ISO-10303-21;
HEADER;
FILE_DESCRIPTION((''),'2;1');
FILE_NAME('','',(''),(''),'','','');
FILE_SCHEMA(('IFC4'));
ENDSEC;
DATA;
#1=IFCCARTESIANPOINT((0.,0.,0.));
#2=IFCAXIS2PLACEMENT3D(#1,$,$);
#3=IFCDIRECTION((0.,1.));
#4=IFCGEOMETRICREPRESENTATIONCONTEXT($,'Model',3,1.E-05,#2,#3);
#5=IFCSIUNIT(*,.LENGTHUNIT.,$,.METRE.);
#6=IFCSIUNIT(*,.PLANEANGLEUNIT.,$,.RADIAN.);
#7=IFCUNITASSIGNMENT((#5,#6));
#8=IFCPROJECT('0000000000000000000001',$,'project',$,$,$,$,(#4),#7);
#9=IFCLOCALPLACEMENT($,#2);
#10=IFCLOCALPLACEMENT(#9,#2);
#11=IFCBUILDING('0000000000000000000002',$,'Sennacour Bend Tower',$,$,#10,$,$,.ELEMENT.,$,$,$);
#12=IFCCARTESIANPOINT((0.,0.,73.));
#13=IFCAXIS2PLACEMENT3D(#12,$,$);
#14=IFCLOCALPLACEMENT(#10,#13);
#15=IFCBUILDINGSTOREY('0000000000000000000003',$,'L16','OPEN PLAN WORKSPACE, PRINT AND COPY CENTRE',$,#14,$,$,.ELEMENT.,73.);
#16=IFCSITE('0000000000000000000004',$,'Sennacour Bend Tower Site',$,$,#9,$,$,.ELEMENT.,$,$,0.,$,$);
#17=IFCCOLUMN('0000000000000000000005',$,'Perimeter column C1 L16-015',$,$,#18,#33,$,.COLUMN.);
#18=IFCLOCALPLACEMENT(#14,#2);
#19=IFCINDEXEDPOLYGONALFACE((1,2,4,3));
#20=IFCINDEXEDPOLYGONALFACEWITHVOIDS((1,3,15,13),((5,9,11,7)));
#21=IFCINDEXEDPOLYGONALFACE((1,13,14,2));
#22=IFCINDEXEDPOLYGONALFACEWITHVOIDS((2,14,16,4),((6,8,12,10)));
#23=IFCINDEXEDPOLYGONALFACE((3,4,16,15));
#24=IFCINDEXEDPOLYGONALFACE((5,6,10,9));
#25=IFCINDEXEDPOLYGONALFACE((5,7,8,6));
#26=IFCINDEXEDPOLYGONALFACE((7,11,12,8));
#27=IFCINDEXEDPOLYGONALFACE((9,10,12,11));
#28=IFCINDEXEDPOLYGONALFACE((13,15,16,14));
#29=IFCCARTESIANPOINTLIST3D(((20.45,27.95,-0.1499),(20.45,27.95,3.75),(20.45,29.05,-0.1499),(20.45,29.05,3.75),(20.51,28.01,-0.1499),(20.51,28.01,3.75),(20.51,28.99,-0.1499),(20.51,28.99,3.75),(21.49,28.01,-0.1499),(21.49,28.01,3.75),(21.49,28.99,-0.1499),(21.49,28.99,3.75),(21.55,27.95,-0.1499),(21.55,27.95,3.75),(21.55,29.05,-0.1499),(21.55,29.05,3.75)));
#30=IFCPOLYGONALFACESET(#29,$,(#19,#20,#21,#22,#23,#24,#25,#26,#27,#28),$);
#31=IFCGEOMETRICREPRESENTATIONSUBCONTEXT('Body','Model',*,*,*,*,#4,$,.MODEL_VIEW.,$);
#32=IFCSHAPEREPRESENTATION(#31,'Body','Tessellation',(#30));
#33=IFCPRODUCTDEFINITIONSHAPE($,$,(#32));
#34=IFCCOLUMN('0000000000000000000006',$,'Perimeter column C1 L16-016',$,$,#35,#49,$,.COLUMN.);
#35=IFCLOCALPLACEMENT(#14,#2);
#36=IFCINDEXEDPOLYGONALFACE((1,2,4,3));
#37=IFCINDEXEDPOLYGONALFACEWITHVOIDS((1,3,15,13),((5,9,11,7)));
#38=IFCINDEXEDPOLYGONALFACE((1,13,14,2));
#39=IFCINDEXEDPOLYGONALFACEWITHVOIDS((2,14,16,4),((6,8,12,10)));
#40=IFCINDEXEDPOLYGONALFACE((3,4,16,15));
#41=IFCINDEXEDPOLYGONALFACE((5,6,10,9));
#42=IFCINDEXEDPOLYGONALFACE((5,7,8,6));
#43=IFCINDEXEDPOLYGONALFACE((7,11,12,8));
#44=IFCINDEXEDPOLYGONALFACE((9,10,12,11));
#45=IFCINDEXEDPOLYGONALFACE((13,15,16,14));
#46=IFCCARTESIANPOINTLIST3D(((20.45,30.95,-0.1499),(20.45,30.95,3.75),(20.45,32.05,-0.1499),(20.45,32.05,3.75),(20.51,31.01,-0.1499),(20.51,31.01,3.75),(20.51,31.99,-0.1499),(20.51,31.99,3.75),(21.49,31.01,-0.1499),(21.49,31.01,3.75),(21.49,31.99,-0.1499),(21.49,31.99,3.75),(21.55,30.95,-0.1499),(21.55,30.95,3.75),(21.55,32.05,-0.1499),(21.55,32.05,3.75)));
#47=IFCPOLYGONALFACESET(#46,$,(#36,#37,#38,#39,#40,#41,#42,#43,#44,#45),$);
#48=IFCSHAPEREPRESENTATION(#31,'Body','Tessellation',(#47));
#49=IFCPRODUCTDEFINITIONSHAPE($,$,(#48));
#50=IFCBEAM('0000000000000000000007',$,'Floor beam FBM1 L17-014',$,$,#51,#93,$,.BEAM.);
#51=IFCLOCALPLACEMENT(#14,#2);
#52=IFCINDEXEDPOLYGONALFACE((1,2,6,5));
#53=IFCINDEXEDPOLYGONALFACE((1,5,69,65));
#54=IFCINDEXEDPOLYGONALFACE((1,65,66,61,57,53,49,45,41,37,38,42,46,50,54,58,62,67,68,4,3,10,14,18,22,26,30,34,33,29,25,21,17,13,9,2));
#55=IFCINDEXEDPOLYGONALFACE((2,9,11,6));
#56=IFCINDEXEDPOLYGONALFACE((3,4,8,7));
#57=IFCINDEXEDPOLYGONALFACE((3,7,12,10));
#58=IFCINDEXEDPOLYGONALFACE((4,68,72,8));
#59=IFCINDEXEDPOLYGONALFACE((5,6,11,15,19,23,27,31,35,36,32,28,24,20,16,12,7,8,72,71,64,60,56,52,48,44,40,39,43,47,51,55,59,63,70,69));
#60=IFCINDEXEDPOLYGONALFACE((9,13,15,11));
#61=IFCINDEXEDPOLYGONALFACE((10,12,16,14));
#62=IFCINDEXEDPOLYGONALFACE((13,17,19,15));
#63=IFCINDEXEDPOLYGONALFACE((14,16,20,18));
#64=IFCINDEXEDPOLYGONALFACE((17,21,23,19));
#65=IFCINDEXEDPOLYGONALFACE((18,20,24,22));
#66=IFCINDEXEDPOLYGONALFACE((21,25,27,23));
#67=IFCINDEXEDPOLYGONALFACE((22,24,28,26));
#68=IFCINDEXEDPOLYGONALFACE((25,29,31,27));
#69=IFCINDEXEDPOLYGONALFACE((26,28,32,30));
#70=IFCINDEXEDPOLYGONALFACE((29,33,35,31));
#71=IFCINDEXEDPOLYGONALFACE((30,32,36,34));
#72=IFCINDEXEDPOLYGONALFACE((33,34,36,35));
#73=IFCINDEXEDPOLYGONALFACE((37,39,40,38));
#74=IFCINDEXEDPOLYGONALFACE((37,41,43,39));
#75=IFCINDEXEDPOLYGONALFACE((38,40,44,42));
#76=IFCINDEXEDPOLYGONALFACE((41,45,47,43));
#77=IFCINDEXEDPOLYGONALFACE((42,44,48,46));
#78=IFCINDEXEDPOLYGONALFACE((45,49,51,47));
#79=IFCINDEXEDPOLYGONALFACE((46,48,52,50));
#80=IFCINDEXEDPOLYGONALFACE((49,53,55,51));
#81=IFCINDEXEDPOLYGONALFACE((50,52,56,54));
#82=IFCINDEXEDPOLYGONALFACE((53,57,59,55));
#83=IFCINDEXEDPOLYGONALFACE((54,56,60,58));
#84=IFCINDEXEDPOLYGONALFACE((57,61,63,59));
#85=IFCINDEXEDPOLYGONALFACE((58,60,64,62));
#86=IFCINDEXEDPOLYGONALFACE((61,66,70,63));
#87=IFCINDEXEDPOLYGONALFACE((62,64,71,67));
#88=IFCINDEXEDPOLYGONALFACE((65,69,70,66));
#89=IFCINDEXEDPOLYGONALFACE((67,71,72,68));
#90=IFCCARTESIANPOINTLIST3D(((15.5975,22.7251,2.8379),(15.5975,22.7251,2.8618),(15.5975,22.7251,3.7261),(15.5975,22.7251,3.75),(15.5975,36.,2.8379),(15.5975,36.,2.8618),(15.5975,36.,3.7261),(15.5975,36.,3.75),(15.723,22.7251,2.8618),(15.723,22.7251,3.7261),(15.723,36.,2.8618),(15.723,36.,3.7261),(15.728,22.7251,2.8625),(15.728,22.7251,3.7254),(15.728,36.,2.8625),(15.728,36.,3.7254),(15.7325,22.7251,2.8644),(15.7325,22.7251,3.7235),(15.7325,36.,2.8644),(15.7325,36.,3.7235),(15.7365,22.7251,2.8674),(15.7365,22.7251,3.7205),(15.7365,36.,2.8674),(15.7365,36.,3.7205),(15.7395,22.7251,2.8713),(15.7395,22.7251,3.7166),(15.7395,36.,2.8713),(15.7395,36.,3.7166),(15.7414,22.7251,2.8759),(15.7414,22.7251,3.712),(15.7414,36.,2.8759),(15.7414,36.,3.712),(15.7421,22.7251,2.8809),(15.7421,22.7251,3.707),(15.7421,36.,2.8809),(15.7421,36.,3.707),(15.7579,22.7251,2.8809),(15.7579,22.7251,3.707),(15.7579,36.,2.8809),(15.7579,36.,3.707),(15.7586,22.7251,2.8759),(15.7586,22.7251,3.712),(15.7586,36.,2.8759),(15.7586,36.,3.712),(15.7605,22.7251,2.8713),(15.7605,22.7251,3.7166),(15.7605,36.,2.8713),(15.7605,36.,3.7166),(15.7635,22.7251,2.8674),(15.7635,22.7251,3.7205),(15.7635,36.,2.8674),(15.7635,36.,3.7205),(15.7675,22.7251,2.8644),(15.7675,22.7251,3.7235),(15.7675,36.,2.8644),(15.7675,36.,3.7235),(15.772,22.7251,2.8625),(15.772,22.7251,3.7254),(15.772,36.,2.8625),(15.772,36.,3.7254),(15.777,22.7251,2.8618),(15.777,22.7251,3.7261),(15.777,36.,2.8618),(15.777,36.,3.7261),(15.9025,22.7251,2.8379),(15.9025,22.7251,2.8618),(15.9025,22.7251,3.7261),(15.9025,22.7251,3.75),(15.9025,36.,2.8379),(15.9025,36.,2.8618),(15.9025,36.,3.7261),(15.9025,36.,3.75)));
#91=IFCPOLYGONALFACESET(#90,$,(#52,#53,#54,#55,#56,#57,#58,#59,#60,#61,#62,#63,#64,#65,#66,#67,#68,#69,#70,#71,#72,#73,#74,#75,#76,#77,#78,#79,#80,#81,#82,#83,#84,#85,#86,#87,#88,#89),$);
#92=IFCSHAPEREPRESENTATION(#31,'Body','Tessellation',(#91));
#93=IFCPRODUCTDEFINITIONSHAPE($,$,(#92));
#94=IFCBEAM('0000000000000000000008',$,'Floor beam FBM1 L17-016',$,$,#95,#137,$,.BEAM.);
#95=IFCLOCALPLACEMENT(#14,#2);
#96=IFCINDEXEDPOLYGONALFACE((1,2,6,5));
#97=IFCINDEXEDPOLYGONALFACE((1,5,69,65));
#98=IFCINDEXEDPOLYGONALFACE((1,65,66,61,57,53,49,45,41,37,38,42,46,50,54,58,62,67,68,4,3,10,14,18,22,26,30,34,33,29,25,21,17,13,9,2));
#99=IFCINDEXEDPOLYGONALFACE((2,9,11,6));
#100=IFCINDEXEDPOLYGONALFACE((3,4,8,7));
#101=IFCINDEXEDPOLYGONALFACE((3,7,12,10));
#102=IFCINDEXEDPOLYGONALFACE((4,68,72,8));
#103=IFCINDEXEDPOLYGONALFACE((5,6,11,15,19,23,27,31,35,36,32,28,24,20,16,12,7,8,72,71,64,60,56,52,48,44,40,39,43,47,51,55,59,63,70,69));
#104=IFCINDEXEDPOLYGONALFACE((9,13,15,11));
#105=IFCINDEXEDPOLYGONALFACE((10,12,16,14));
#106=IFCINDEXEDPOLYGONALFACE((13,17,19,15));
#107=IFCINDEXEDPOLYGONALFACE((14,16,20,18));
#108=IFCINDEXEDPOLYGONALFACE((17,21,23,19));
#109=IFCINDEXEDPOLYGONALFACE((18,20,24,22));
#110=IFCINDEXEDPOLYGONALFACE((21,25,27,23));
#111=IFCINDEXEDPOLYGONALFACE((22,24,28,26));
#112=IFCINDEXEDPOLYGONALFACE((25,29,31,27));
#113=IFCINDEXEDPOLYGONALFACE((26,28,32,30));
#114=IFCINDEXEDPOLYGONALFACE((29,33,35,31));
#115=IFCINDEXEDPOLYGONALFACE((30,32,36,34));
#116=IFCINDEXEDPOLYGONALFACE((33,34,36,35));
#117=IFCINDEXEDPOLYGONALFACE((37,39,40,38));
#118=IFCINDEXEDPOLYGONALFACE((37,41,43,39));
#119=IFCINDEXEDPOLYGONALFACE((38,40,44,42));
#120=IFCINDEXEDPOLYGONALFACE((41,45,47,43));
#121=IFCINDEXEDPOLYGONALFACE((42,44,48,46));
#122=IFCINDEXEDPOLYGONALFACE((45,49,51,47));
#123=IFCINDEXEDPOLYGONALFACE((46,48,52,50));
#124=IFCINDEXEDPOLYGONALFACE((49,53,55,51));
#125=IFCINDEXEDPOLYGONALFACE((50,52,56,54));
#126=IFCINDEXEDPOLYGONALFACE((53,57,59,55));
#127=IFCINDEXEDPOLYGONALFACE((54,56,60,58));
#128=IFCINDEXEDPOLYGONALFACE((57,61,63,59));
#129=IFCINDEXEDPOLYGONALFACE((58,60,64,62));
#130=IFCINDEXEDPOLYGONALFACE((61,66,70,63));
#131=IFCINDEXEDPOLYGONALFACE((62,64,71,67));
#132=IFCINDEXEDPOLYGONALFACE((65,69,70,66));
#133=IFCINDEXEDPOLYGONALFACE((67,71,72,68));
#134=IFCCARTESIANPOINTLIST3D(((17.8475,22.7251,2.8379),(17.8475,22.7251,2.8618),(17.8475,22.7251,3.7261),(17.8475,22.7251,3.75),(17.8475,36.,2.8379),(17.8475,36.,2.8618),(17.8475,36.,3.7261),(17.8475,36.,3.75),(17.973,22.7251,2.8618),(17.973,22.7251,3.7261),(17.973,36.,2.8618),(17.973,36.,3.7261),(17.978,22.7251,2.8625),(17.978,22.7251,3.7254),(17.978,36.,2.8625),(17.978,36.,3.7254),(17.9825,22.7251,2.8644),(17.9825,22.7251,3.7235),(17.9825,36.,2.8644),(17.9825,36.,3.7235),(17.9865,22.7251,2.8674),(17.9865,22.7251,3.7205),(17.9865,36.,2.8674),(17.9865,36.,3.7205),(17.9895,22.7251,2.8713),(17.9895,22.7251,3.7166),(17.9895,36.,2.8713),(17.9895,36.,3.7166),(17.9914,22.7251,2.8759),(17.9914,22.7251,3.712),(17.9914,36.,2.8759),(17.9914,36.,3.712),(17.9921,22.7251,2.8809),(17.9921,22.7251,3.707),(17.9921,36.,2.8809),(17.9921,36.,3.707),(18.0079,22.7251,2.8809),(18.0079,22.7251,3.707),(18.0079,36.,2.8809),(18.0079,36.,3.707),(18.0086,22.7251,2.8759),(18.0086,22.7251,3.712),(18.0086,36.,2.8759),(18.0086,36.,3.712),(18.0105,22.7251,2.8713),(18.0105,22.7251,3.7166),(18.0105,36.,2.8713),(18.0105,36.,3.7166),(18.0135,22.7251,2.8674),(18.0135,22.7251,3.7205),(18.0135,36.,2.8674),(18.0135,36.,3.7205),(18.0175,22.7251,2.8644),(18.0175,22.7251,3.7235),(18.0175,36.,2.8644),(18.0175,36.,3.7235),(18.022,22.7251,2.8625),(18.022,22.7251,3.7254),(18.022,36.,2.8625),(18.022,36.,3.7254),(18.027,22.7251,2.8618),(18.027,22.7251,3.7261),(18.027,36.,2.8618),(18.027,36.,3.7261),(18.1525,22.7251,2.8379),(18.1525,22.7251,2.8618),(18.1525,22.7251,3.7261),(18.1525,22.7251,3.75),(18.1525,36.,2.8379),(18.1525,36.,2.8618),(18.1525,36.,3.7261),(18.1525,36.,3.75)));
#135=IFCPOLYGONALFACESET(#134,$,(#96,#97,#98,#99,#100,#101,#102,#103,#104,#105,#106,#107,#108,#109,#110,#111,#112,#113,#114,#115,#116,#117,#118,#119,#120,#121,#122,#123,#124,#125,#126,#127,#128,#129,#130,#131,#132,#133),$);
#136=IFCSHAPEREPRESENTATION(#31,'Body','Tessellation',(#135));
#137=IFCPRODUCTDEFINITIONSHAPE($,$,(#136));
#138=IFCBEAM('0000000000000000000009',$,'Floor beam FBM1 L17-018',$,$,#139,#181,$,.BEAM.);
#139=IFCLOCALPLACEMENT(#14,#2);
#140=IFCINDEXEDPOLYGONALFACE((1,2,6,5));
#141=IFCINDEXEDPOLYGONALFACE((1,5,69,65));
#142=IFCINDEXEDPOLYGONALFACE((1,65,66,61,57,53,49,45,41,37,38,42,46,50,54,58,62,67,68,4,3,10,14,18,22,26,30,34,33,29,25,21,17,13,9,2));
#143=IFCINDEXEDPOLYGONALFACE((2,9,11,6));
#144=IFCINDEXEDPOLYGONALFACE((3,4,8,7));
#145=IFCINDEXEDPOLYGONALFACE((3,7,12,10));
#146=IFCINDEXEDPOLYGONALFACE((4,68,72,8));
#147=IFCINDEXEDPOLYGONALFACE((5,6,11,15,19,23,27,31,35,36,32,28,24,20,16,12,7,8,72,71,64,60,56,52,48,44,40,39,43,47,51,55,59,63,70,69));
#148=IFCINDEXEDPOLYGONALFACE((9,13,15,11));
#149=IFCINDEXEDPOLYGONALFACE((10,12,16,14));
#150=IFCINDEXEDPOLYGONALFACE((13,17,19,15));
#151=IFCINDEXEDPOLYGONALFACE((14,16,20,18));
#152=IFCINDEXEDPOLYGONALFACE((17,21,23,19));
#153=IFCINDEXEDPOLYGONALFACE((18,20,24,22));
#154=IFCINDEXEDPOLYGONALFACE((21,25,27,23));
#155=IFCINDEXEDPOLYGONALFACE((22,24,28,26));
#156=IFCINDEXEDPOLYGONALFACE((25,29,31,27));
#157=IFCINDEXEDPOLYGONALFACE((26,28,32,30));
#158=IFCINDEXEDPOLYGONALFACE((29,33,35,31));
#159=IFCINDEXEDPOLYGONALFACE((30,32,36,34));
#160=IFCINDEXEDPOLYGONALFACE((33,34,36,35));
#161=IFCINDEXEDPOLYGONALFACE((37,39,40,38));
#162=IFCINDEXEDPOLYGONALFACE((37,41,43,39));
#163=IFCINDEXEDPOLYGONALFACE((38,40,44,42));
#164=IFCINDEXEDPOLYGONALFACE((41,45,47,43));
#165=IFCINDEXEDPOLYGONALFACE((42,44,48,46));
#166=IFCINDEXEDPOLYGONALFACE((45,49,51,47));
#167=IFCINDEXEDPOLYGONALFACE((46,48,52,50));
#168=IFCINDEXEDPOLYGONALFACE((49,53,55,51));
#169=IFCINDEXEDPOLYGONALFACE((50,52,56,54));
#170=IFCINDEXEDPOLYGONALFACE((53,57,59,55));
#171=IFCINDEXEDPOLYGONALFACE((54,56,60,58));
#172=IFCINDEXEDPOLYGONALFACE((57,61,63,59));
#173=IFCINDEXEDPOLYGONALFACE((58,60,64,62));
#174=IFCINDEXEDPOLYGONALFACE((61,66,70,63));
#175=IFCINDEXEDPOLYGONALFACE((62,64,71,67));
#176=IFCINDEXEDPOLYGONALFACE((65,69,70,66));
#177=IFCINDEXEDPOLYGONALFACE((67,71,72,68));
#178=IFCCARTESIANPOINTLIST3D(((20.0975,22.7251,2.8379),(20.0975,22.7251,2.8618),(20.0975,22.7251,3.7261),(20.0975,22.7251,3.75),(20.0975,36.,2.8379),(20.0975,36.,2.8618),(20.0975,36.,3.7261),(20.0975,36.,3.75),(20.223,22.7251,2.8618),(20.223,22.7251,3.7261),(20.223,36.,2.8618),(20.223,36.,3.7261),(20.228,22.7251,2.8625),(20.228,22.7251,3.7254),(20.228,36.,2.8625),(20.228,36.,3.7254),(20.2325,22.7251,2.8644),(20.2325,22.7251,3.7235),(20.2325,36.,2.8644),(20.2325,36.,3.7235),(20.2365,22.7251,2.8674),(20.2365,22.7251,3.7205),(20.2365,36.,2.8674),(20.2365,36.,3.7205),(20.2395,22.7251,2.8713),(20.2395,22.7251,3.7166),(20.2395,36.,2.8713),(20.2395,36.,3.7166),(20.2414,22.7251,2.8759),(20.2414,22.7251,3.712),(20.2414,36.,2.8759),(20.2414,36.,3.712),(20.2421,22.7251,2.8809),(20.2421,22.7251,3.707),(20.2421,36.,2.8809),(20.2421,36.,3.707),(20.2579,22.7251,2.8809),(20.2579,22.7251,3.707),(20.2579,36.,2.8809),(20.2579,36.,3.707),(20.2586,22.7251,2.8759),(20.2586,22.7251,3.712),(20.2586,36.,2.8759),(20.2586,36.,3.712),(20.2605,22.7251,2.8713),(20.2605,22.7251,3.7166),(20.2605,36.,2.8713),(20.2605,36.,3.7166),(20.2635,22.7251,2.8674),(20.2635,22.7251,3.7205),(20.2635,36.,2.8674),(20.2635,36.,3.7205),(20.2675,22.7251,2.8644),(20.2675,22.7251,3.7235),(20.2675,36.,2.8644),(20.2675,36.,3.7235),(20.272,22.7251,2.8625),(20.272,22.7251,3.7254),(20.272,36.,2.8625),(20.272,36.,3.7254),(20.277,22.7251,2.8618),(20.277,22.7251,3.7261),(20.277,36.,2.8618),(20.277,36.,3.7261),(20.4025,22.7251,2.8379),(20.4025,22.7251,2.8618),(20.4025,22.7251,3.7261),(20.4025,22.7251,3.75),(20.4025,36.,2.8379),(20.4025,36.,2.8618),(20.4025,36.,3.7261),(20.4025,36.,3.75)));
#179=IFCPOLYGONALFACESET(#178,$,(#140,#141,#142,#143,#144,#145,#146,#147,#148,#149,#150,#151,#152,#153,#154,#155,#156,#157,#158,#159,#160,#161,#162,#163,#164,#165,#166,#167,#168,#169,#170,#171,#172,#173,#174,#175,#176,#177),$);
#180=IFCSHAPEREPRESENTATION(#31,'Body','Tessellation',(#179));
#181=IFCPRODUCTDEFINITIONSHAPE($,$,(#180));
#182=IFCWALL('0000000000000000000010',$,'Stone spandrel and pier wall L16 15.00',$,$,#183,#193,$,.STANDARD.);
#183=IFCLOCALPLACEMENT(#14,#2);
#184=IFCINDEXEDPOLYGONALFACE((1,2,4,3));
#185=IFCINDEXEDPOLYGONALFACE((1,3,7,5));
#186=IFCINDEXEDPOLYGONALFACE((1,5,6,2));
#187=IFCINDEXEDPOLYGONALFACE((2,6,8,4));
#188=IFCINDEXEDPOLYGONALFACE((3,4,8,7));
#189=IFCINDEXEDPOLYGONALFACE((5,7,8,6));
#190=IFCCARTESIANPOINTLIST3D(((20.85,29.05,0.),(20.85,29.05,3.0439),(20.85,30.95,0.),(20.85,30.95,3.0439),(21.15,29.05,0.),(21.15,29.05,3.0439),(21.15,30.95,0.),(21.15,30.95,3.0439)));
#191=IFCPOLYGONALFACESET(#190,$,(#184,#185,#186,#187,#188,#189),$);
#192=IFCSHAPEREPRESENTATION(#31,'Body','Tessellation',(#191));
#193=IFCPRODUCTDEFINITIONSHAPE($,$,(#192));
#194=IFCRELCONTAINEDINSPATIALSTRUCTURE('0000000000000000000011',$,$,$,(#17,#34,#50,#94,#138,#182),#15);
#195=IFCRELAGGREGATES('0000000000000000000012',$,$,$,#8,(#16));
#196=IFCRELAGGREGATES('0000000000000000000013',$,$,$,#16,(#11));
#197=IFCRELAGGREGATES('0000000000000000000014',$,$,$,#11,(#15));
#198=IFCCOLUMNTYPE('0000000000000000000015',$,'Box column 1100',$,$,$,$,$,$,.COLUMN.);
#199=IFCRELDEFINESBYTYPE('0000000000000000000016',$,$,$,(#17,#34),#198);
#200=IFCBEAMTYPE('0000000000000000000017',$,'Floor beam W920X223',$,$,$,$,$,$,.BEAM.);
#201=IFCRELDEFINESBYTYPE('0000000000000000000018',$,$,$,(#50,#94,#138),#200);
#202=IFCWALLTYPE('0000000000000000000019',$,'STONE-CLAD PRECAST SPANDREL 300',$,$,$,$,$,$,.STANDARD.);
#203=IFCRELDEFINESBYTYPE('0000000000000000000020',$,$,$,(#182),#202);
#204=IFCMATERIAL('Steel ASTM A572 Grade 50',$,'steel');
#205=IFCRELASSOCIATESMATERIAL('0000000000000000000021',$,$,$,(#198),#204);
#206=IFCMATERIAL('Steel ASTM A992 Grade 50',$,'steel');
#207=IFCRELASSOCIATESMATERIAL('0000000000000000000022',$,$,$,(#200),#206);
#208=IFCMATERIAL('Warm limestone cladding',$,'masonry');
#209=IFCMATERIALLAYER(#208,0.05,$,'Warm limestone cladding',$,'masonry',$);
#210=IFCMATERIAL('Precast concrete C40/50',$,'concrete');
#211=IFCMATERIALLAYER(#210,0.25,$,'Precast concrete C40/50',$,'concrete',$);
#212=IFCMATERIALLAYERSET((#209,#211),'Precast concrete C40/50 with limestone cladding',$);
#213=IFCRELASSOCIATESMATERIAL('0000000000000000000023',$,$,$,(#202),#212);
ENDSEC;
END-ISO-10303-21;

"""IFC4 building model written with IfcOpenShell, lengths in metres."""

from ifc_helpers import new_model, si_unit, direction, frame, frame_2d, origin, origin_2d, place, context, subcontext, project, spatial, rectangle, hollow_rectangle, i_section, extrude, material, layer, layer_set, material_profile, profile_set, type_object, element, save


model = new_model("IFC4")

# Units and contexts
model_context = context("Model", 3, precision=1e-05, world=origin(), true_north=direction((0.0, 1.0)))
body_context = subcontext(model_context, "Body", "Model", "MODEL_VIEW")
ifc_project = project(units=[si_unit("LENGTHUNIT", "METRE"), si_unit("PLANEANGLEUNIT", "RADIAN")], contexts=[model_context])

# Site, building, storey
site_placement = place(None, origin())
site = spatial("IfcSite", under=ifc_project, at=site_placement, Name="Sennacour Bend Tower Site", CompositionType="ELEMENT", RefElevation=0.0)
building_placement = place(site_placement, origin())
building = spatial("IfcBuilding", under=site, at=building_placement, Name="Sennacour Bend Tower", CompositionType="ELEMENT")
storey_placement = place(building_placement, frame((0.0, 0.0, 73.0)))
storey = spatial("IfcBuildingStorey", under=building, at=storey_placement, Name="L16", Description="OPEN PLAN WORKSPACE, PRINT AND COPY CENTRE", CompositionType="ELEMENT", Elevation=73.0)

# Columns
ifc_material_1 = material(Name="Steel ASTM A572 Grade 50", Category="steel")
ifc_material_profile_1 = material_profile(ifc_material_1, hollow_rectangle(XDim=1.1001, YDim=1.1001, WallThickness=0.0601, at=origin_2d()), Name="Steel ASTM A572 Grade 50", Category="steel")
ifc_profile_set_1 = profile_set([ifc_material_profile_1], Name="Steel ASTM A572 Grade 50")
column_type = type_object("IfcColumnType", Name="Box column 1100", PredefinedType="COLUMN", material=ifc_profile_set_1)
for number, where, z_axis, x_axis, name in (
    (1, (21.0, 28.5, -0.1499), (0.0, 0.0, 1.0), (1.0, 0.0, 0.0), "Perimeter column C1 L16-015"),
    (2, (21.0, 31.5, -0.1499), (0.0, 0.0, 1.0), (1.0, 0.0, 0.0), "Perimeter column C1 L16-016"),
):
    element("IfcColumn", number, at=place(storey_placement, frame(where, z_axis=z_axis, x_axis=x_axis)), inside=storey, type_object=column_type, Name=name, PredefinedType="COLUMN", context=body_context, shape_type="SweptSolid", body=[
        extrude(hollow_rectangle(XDim=1.1001, YDim=1.1001, WallThickness=0.0601, at=origin_2d()), origin(), (0.0, 0.0, 1.0), 3.8999),
    ])

# Beams
ifc_material_2 = material(Name="Steel ASTM A992 Grade 50", Category="steel")
ifc_material_profile_2 = material_profile(ifc_material_2, i_section(OverallWidth=0.3049, OverallDepth=0.9121, WebThickness=0.0159, FlangeThickness=0.0239, FilletRadius=0.019, at=origin_2d()), Name="Steel ASTM A992 Grade 50", Category="steel")
ifc_profile_set_2 = profile_set([ifc_material_profile_2], Name="Steel ASTM A992 Grade 50")
beam_type = type_object("IfcBeamType", Name="Floor beam W920X223", PredefinedType="BEAM", material=ifc_profile_set_2)
for number, where, z_axis, x_axis, name in (
    (3, (15.75, 22.7251, 3.2939), (0.0, 1.0, 0.0), (-1.0, 0.0, 0.0), "Floor beam FBM1 L17-014"),
    (4, (18.0, 22.7251, 3.2939), (0.0, 1.0, 0.0), (-1.0, 0.0, 0.0), "Floor beam FBM1 L17-016"),
    (5, (20.25, 22.7251, 3.2939), (0.0, 1.0, 0.0), (-1.0, 0.0, 0.0), "Floor beam FBM1 L17-018"),
):
    element("IfcBeam", number, at=place(storey_placement, frame(where, z_axis=z_axis, x_axis=x_axis)), inside=storey, type_object=beam_type, Name=name, PredefinedType="BEAM", context=body_context, shape_type="SweptSolid", body=[
        extrude(i_section(OverallWidth=0.3049, OverallDepth=0.9121, WebThickness=0.0159, FlangeThickness=0.0239, FilletRadius=0.019, at=origin_2d()), origin(), (0.0, 0.0, 1.0), 13.2749),
    ])

# Wall
ifc_material_3 = material(Name="Warm limestone cladding", Category="masonry")
ifc_layer_1 = layer(ifc_material_3, 0.05, Name="Warm limestone cladding", Category="masonry")
ifc_material_4 = material(Name="Precast concrete C40/50", Category="concrete")
ifc_layer_2 = layer(ifc_material_4, 0.25, Name="Precast concrete C40/50", Category="concrete")
ifc_layer_set_1 = layer_set([ifc_layer_1, ifc_layer_2], Name="Precast concrete C40/50 with limestone cladding")
wall_type_1 = type_object("IfcWallType", Name="STONE-CLAD PRECAST SPANDREL 300", PredefinedType="STANDARD", material=ifc_layer_set_1)
wall_1_placement = place(storey_placement, frame((21.0, 29.05, 0.0), z_axis=(0.0, 0.0, 1.0), x_axis=(0.0, 1.0, 0.0)))
element("IfcWall", 6, at=wall_1_placement, inside=storey, type_object=wall_type_1, Name="Stone spandrel and pier wall L16 15.00", PredefinedType="STANDARD", context=body_context, shape_type="SweptSolid", body=[
    extrude(rectangle(XDim=1.8999, YDim=0.3, at=frame_2d((0.95, 0.0))), origin(), (0.0, 0.0, 1.0), 3.0439),
])

save(model, "model.ifc")
